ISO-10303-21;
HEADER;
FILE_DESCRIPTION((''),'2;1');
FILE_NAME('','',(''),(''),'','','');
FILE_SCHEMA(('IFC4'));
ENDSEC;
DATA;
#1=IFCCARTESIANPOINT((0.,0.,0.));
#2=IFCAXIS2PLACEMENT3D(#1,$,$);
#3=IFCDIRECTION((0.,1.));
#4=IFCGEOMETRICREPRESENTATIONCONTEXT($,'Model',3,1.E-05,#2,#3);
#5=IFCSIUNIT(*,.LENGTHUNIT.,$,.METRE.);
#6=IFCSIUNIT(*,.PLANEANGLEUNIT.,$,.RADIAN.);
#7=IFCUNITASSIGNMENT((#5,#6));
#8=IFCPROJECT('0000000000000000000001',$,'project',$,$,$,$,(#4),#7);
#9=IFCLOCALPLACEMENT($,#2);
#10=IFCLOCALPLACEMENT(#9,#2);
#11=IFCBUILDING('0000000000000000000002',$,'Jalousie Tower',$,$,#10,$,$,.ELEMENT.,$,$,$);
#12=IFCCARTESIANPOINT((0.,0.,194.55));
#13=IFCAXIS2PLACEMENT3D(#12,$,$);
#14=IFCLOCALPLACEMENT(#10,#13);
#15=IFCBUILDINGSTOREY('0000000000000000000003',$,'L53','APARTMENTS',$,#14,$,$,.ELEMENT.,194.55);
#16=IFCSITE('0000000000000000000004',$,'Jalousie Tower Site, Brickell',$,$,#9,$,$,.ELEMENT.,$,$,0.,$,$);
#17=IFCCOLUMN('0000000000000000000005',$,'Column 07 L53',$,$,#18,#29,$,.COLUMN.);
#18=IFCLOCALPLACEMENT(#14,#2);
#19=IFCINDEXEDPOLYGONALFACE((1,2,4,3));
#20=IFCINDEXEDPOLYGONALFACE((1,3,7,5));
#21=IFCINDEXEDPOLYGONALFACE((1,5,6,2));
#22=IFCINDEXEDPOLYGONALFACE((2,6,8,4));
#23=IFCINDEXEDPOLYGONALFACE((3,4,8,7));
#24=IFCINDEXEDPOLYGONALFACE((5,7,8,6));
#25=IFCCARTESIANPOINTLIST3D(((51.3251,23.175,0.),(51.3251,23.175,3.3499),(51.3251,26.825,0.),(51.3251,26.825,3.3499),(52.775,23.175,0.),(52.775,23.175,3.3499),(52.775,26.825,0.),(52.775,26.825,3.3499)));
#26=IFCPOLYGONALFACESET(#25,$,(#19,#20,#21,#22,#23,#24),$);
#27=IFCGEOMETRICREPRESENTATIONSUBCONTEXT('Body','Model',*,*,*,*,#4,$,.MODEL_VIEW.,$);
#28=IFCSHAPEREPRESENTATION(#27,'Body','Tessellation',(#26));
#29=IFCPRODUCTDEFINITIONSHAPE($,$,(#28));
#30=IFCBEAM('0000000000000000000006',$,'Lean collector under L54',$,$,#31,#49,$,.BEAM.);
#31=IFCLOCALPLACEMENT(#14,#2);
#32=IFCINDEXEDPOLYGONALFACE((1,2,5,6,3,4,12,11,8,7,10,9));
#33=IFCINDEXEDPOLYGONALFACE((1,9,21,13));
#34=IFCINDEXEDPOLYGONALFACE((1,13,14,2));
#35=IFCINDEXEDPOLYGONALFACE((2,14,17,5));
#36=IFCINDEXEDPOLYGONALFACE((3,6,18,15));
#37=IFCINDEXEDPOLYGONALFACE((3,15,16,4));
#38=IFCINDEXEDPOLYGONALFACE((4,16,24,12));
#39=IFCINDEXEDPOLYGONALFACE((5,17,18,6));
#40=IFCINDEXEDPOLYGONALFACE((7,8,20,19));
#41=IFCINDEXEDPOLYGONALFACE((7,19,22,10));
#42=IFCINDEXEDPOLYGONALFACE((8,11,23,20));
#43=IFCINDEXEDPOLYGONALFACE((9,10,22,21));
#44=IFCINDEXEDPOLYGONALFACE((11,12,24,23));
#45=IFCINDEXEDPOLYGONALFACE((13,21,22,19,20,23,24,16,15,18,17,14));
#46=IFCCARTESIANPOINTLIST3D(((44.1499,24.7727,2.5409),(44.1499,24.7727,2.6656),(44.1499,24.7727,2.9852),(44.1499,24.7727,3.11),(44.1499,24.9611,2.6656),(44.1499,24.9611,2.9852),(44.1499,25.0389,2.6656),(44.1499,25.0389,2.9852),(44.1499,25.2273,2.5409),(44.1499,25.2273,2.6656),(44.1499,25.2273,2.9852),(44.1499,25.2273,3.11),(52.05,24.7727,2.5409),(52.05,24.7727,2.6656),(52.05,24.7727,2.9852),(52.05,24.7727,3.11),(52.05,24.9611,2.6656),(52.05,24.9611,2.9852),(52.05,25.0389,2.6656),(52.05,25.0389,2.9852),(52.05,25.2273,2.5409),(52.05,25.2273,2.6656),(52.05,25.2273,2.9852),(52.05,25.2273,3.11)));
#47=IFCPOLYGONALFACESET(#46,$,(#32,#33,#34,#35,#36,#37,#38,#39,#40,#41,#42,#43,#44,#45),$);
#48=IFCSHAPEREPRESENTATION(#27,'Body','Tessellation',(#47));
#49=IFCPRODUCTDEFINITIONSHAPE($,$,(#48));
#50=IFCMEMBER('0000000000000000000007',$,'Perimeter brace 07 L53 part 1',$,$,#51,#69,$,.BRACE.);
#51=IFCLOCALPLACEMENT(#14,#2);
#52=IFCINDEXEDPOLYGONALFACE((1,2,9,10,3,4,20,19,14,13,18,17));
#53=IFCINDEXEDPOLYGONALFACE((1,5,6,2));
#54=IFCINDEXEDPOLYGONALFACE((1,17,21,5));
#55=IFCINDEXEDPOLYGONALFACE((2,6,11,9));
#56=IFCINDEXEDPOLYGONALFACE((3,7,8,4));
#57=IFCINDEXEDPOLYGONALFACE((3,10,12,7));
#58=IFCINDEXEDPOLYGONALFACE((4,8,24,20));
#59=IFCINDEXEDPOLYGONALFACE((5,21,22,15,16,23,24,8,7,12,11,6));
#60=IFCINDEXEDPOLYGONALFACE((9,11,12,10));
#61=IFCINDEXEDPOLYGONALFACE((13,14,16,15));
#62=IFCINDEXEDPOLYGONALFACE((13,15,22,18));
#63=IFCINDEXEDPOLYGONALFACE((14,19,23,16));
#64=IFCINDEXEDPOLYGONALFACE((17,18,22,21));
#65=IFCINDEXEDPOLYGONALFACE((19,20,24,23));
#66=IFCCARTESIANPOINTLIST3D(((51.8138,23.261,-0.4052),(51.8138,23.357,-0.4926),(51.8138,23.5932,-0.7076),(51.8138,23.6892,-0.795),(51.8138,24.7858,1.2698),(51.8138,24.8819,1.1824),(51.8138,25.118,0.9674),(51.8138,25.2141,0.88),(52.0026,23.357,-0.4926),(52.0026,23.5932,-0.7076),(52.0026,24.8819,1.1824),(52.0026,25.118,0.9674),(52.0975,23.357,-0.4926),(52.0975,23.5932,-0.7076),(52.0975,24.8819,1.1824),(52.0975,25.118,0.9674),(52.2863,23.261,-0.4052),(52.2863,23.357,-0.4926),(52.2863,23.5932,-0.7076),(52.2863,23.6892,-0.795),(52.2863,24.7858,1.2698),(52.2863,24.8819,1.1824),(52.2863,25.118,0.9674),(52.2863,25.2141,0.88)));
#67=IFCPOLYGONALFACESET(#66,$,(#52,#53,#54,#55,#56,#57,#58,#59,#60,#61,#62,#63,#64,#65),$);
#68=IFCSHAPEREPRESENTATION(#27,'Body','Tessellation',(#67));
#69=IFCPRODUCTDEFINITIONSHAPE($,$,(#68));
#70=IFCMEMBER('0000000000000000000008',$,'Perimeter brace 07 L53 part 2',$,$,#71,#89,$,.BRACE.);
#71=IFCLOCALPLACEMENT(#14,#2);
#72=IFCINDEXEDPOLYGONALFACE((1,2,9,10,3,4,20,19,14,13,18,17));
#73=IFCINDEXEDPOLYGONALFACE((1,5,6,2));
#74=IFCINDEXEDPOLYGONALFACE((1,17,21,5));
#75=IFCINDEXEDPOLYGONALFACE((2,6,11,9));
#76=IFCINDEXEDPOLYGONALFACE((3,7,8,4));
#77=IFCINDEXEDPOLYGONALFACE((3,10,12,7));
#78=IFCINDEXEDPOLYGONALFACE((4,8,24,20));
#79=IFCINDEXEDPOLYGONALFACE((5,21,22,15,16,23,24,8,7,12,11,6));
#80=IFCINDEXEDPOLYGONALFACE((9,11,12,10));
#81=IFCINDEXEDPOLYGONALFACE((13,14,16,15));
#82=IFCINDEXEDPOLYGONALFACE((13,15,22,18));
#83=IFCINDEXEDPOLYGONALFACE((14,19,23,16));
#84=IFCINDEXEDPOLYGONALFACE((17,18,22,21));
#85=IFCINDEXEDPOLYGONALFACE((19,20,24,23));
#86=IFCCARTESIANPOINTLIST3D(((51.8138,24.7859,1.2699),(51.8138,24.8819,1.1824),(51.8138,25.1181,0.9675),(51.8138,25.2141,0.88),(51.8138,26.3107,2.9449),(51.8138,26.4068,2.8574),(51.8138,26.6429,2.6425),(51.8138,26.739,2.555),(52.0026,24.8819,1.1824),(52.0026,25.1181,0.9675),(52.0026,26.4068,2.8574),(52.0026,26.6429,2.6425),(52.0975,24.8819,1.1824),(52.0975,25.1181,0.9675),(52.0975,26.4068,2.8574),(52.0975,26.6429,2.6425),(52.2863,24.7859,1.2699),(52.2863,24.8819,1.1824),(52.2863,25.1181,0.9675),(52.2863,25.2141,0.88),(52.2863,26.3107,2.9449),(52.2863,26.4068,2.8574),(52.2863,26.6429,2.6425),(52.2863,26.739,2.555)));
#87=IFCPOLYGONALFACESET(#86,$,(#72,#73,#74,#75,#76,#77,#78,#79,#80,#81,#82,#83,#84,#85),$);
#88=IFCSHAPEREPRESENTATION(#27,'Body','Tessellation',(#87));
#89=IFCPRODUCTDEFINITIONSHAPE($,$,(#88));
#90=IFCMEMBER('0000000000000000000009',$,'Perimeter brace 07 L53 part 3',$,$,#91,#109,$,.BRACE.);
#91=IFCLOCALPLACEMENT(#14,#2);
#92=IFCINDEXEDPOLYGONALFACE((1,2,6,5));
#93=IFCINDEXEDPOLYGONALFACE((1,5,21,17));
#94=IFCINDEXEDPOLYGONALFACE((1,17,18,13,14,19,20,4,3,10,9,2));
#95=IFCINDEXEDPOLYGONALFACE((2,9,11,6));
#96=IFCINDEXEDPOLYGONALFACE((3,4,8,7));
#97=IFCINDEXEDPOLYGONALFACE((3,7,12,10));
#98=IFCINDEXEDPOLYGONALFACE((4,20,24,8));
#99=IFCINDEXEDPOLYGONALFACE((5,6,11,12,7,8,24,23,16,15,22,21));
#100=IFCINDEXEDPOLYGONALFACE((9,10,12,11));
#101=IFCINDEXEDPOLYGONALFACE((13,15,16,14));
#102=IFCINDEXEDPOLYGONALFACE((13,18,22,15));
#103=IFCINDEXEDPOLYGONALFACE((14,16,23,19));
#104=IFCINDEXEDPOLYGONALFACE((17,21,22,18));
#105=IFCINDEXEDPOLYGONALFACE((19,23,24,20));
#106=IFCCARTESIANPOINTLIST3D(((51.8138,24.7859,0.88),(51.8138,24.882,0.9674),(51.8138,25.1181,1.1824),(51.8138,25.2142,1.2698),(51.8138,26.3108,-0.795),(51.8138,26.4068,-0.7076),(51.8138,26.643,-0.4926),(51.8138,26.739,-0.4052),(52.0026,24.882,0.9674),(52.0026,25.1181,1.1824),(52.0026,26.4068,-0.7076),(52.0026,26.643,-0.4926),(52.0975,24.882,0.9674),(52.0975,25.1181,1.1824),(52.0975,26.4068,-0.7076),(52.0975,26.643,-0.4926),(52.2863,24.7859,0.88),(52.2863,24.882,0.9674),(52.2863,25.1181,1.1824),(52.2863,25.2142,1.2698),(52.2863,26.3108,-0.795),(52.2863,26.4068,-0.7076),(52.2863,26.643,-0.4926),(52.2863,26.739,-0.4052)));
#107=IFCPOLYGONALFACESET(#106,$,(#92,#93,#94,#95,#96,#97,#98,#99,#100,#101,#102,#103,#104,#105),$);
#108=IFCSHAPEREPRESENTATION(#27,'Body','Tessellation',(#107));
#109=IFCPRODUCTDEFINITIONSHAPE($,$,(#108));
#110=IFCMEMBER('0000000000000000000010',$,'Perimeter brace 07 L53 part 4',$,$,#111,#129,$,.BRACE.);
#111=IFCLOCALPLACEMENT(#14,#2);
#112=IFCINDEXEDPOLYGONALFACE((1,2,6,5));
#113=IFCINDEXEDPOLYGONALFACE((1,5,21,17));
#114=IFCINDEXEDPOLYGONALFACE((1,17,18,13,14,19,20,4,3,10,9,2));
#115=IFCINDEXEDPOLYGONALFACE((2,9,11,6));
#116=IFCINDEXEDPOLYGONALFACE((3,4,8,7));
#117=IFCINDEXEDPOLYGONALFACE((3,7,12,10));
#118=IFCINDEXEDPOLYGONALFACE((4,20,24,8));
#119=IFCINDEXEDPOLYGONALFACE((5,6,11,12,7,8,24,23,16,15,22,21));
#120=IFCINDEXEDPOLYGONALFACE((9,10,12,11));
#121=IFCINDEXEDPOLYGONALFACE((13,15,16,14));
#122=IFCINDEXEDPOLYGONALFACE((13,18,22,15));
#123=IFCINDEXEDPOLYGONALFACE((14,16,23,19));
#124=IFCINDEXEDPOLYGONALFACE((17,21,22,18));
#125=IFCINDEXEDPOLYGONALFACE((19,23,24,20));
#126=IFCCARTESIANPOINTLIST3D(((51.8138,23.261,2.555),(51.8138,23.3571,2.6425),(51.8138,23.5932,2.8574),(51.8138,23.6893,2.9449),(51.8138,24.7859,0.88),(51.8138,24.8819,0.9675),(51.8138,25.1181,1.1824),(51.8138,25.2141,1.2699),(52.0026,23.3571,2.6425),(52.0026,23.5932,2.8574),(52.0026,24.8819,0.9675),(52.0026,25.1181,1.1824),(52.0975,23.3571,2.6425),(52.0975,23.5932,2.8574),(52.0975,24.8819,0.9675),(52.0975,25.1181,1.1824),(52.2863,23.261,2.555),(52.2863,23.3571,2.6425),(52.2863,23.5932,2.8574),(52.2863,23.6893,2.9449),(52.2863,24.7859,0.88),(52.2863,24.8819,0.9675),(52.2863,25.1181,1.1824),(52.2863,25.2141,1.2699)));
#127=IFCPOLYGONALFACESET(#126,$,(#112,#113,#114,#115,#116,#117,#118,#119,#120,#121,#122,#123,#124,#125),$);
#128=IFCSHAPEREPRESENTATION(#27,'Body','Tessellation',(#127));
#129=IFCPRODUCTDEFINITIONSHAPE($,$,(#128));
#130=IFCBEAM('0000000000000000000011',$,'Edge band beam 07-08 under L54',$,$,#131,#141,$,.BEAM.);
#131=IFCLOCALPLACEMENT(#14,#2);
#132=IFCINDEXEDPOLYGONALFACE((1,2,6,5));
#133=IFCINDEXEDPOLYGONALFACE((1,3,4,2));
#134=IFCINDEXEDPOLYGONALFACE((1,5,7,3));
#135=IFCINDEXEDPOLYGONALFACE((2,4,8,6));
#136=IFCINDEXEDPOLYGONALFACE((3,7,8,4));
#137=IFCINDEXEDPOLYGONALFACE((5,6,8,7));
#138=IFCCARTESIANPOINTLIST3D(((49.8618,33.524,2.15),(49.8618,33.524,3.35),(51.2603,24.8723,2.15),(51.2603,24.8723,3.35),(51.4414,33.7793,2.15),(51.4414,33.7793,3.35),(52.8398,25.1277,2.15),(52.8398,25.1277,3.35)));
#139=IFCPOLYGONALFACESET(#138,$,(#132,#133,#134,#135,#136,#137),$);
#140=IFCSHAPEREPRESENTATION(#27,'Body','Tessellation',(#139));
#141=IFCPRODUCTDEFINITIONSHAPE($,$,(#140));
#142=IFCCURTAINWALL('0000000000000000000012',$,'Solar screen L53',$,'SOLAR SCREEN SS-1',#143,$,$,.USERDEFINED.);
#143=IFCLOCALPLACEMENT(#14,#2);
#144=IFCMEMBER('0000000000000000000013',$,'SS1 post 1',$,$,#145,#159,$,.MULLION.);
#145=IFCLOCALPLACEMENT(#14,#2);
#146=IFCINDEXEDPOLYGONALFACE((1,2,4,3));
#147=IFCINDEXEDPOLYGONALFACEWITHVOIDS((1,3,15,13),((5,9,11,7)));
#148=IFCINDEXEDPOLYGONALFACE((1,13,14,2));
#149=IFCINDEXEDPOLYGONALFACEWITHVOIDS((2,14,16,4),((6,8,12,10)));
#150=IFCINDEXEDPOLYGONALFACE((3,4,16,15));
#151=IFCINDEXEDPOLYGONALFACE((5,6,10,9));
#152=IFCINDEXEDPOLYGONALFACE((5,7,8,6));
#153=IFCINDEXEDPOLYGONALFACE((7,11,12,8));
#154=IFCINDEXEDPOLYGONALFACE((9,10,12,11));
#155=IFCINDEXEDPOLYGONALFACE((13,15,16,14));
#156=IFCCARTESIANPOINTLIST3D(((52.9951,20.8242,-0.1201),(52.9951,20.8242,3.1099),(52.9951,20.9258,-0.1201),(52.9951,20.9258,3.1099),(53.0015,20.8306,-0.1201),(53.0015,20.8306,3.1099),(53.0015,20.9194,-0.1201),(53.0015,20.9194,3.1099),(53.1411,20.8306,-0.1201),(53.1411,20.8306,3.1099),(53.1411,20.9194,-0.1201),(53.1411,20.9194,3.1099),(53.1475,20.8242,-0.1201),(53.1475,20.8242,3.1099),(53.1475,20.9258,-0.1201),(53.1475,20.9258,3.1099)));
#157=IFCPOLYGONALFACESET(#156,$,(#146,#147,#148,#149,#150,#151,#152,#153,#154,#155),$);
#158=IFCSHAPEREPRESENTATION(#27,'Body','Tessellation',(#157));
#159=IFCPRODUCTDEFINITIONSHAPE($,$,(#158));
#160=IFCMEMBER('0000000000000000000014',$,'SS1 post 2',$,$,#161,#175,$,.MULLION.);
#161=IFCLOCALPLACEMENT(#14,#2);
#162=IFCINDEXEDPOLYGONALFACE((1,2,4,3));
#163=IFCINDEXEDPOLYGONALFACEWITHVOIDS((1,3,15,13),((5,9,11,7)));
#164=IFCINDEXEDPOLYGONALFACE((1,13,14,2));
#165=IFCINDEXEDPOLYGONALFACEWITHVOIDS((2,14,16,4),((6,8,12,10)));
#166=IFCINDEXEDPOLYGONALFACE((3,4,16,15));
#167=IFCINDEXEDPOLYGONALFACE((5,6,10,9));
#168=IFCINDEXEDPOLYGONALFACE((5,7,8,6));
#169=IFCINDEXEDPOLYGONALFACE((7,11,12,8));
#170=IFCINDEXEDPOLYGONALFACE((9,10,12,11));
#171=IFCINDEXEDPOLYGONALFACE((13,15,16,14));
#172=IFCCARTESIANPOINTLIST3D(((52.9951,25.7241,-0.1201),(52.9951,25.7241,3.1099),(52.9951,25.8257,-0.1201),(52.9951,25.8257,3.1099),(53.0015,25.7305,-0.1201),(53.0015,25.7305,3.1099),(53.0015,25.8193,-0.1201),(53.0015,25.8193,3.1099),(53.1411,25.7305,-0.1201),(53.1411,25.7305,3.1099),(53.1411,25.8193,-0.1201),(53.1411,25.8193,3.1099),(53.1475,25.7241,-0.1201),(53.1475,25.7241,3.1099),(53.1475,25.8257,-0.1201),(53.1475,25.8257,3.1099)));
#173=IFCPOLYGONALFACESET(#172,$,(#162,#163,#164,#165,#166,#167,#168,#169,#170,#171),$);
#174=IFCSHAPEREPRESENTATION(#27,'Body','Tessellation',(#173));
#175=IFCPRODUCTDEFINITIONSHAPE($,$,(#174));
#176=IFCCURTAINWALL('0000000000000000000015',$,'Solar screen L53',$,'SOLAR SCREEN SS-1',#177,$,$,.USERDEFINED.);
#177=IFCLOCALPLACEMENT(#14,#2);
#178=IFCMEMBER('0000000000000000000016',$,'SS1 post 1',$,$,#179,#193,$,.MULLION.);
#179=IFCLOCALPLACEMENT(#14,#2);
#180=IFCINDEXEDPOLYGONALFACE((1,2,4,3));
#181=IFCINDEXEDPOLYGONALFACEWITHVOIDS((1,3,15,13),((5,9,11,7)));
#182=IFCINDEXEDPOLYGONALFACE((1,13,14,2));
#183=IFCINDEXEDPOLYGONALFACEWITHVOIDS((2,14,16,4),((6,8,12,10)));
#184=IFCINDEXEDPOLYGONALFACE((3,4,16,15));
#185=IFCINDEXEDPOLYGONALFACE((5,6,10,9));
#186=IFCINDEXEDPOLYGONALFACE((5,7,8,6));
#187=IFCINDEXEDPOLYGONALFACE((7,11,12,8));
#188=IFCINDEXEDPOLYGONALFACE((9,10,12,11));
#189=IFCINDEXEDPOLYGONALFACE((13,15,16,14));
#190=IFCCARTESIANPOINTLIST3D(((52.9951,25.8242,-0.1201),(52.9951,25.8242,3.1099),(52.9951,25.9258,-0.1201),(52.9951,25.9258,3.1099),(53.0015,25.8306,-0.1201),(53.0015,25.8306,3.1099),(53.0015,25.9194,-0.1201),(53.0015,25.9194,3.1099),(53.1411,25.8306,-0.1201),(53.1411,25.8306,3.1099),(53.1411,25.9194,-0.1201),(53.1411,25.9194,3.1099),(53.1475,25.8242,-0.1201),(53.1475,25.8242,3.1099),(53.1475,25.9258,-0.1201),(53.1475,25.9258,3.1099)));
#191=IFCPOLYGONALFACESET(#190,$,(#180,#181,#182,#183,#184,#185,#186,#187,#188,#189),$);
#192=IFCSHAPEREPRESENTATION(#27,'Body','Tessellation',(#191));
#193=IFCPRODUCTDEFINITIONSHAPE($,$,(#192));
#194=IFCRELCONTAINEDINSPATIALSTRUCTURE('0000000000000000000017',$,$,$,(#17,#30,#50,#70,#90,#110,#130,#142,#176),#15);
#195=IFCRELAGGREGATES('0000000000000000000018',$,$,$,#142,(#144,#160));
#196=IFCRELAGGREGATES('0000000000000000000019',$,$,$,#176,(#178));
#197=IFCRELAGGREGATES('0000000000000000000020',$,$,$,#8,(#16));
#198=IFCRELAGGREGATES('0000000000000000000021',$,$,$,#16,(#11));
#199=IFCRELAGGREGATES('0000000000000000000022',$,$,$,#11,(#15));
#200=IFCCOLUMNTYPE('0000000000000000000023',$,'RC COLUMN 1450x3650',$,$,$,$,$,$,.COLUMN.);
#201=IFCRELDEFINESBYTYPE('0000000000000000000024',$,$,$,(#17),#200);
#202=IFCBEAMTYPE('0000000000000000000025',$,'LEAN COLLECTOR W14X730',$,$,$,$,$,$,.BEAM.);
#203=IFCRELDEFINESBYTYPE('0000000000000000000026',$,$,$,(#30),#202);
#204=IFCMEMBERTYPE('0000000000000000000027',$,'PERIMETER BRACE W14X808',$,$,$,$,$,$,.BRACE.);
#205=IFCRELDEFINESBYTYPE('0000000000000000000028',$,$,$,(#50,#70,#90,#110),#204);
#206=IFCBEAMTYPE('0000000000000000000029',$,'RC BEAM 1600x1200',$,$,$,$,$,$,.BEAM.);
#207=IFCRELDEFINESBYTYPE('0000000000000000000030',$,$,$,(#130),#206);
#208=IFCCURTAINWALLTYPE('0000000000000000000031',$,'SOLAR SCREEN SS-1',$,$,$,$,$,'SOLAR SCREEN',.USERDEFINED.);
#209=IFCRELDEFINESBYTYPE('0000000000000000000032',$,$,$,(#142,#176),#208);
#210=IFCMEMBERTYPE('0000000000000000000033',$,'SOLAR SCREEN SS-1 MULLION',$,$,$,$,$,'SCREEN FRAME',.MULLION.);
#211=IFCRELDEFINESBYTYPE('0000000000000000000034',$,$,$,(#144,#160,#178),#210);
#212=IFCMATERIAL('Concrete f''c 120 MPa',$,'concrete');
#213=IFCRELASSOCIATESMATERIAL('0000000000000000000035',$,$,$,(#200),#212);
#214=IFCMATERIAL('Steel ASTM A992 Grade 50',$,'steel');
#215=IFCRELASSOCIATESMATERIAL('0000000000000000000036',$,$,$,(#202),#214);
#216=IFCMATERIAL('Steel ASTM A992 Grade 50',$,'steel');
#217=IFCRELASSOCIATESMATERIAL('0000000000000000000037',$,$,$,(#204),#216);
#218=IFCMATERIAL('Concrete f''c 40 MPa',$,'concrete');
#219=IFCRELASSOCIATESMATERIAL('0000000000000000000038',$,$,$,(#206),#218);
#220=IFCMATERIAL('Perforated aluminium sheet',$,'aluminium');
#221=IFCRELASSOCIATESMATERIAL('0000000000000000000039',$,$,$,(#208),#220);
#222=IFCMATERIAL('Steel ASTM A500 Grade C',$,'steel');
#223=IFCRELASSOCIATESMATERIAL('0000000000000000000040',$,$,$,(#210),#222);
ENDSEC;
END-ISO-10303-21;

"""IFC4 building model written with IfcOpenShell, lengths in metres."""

from ifc_helpers import new_model, si_unit, direction, frame, origin, origin_2d, place, context, subcontext, project, spatial, rectangle, hollow_rectangle, i_section, extrude, material, material_profile, profile_set, type_object, element, aggregate, save


model = new_model("IFC4")

# Units and contexts
model_context = context("Model", 3, precision=1e-05, world=origin(), true_north=direction((0.0, 1.0)))
body_context = subcontext(model_context, "Body", "Model", "MODEL_VIEW")
ifc_project = project(units=[si_unit("LENGTHUNIT", "METRE"), si_unit("PLANEANGLEUNIT", "RADIAN")], contexts=[model_context])

# Site, building, storey
site_placement = place(None, origin())
site = spatial("IfcSite", under=ifc_project, at=site_placement, Name="Jalousie Tower Site, Brickell", CompositionType="ELEMENT", RefElevation=0.0)
building_placement = place(site_placement, origin())
building = spatial("IfcBuilding", under=site, at=building_placement, Name="Jalousie Tower", CompositionType="ELEMENT")
storey_placement = place(building_placement, frame((0.0, 0.0, 194.55)))
storey = spatial("IfcBuildingStorey", under=building, at=storey_placement, Name="L53", Description="APARTMENTS", CompositionType="ELEMENT", Elevation=194.55)

# Column
ifc_material_1 = material(Name="Concrete f'c 120 MPa", Category="concrete")
ifc_material_profile_1 = material_profile(ifc_material_1, rectangle(XDim=1.45, YDim=3.6499, at=origin_2d()), Name="RC 1450x3650")
ifc_profile_set_1 = profile_set([ifc_material_profile_1], Name="Concrete f'c 120 MPa")
column_type = type_object("IfcColumnType", Name="RC COLUMN 1450x3650", PredefinedType="COLUMN", material=ifc_profile_set_1)
column_placement = place(storey_placement, frame((52.05, 25.0, 0.0), z_axis=(0.0, 0.0, 1.0), x_axis=(1.0, 0.0, 0.0)))
element("IfcColumn", 1, at=column_placement, inside=storey, type_object=column_type, Name="Column 07 L53", PredefinedType="COLUMN", context=body_context, shape_type="SweptSolid", body=[
    extrude(rectangle(XDim=1.45, YDim=3.6499, at=origin_2d()), origin(), (0.0, 0.0, 1.0), 3.3499),
])

# Beam
ifc_material_2 = material(Name="Steel ASTM A992 Grade 50", Category="steel")
ifc_material_profile_2 = material_profile(ifc_material_2, i_section(OverallWidth=0.4546, OverallDepth=0.5691, WebThickness=0.0779, FlangeThickness=0.1248, at=origin_2d()), Name="W14X730")
ifc_profile_set_2 = profile_set([ifc_material_profile_2], Name="Steel ASTM A992 Grade 50")
beam_type_1 = type_object("IfcBeamType", Name="LEAN COLLECTOR W14X730", PredefinedType="BEAM", material=ifc_profile_set_2)
beam_1_placement = place(storey_placement, frame((52.05, 25.0, 2.8254), z_axis=(-1.0, 0.0, 0.0), x_axis=(0.0, -1.0, 0.0)))
element("IfcBeam", 2, at=beam_1_placement, inside=storey, type_object=beam_type_1, Name="Lean collector under L54", PredefinedType="BEAM", context=body_context, shape_type="SweptSolid", body=[
    extrude(i_section(OverallWidth=0.4546, OverallDepth=0.5691, WebThickness=0.0779, FlangeThickness=0.1248, at=origin_2d()), origin(), (0.0, 0.0, 1.0), 7.9001),
])

# Members
ifc_material_3 = material(Name="Steel ASTM A992 Grade 50", Category="steel")
ifc_material_profile_3 = material_profile(ifc_material_3, i_section(OverallWidth=0.4724, OverallDepth=0.5791, WebThickness=0.095, FlangeThickness=0.1299, at=origin_2d()), Name="W14X808")
ifc_profile_set_3 = profile_set([ifc_material_profile_3], Name="Steel ASTM A992 Grade 50")
member_type_1 = type_object("IfcMemberType", Name="PERIMETER BRACE W14X808", PredefinedType="BRACE", material=ifc_profile_set_3)
for number, where, z_axis, x_axis, name in (
    (3, (52.05, 23.4751, -0.6001), (0.0, 0.673188, 0.739472), (-1.0, 0.0, 0.0), "Perimeter brace 07 L53 part 1"),
    (4, (52.05, 25.0, 1.075), (0.0, 0.673188, 0.739472), (-1.0, 0.0, 0.0), "Perimeter brace 07 L53 part 2"),
    (5, (52.05, 26.5249, -0.6001), (0.0, -0.673188, 0.739472), (1.0, 0.0, 0.0), "Perimeter brace 07 L53 part 3"),
    (6, (52.05, 25.0, 1.075), (0.0, -0.673188, 0.739472), (1.0, 0.0, 0.0), "Perimeter brace 07 L53 part 4"),
):
    element("IfcMember", number, at=place(storey_placement, frame(where, z_axis=z_axis, x_axis=x_axis)), inside=storey, type_object=member_type_1, Name=name, PredefinedType="BRACE", context=body_context, shape_type="SweptSolid", body=[
        extrude(i_section(OverallWidth=0.4724, OverallDepth=0.5791, WebThickness=0.095, FlangeThickness=0.1299, at=origin_2d()), origin(), (0.0, 0.0, 1.0), 2.2651),
    ])

# Beam
ifc_material_4 = material(Name="Concrete f'c 40 MPa", Category="concrete")
ifc_material_profile_4 = material_profile(ifc_material_4, rectangle(XDim=1.6001, YDim=1.2, at=origin_2d()), Name="RC 1600x1200")
ifc_profile_set_4 = profile_set([ifc_material_profile_4], Name="Concrete f'c 40 MPa")
beam_type_2 = type_object("IfcBeamType", Name="RC BEAM 1600x1200", PredefinedType="BEAM", material=ifc_profile_set_4)
beam_2_placement = place(storey_placement, frame((52.05, 25.0, 2.75), z_axis=(-0.159568, 0.987187, 0.0), x_axis=(-0.987187, -0.159568, 0.0)))
element("IfcBeam", 7, at=beam_2_placement, inside=storey, type_object=beam_type_2, Name="Edge band beam 07-08 under L54", PredefinedType="BEAM", context=body_context, shape_type="SweptSolid", body=[
    extrude(rectangle(XDim=1.6001, YDim=1.2, at=origin_2d()), origin(), (0.0, 0.0, 1.0), 8.7639),
])

# Curtain walls, members
ifc_material_5 = material(Name="Perforated aluminium sheet", Category="aluminium")
curtain_wall_type = type_object("IfcCurtainWallType", Name="SOLAR SCREEN SS-1", ElementType="SOLAR SCREEN", PredefinedType="USERDEFINED", material=ifc_material_5)
curtain_wall_1_placement = place(storey_placement, origin())
curtain_wall_1 = element("IfcCurtainWall", 8, at=curtain_wall_1_placement, inside=storey, type_object=curtain_wall_type, Name="Solar screen L53", ObjectType="SOLAR SCREEN SS-1", PredefinedType="USERDEFINED")
ifc_material_6 = material(Name="Steel ASTM A500 Grade C", Category="steel")
ifc_material_profile_5 = material_profile(ifc_material_6, hollow_rectangle(XDim=0.1016, YDim=0.1523, WallThickness=0.0063, at=origin_2d()), Name="HSS6X4X1/4")
ifc_profile_set_5 = profile_set([ifc_material_profile_5], Name="Steel ASTM A500 Grade C")
member_type_2 = type_object("IfcMemberType", Name="SOLAR SCREEN SS-1 MULLION", ElementType="SCREEN FRAME", PredefinedType="MULLION", material=ifc_profile_set_5)
member_1_placement = place(storey_placement, frame((53.0713, 20.875, -0.1201), z_axis=(0.0, 0.0, 1.0), x_axis=(0.0, 1.0, 0.0)))
member_1 = element("IfcMember", 9, at=member_1_placement, type_object=member_type_2, Name="SS1 post 1", PredefinedType="MULLION", context=body_context, shape_type="SweptSolid", body=[
    extrude(hollow_rectangle(XDim=0.1016, YDim=0.1523, WallThickness=0.0063, at=origin_2d()), origin(), (0.0, 0.0, 1.0), 3.23),
])
member_2_placement = place(storey_placement, frame((53.0713, 25.7749, -0.1201), z_axis=(0.0, 0.0, 1.0), x_axis=(0.0, 1.0, 0.0)))
member_2 = element("IfcMember", 10, at=member_2_placement, type_object=member_type_2, Name="SS1 post 2", PredefinedType="MULLION", context=body_context, shape_type="SweptSolid", body=[
    extrude(hollow_rectangle(XDim=0.1016, YDim=0.1523, WallThickness=0.0063, at=origin_2d()), origin(), (0.0, 0.0, 1.0), 3.23),
])
curtain_wall_2_placement = place(storey_placement, origin())
curtain_wall_2 = element("IfcCurtainWall", 11, at=curtain_wall_2_placement, inside=storey, type_object=curtain_wall_type, Name="Solar screen L53", ObjectType="SOLAR SCREEN SS-1", PredefinedType="USERDEFINED")
member_3_placement = place(storey_placement, frame((53.0713, 25.875, -0.1201), z_axis=(0.0, 0.0, 1.0), x_axis=(0.0, 1.0, 0.0)))
member_3 = element("IfcMember", 12, at=member_3_placement, type_object=member_type_2, Name="SS1 post 1", PredefinedType="MULLION", context=body_context, shape_type="SweptSolid", body=[
    extrude(hollow_rectangle(XDim=0.1016, YDim=0.1523, WallThickness=0.0063, at=origin_2d()), origin(), (0.0, 0.0, 1.0), 3.23),
])

aggregate(curtain_wall_1, [member_1, member_2])
aggregate(curtain_wall_2, [member_3])

save(model, "model.ifc")
